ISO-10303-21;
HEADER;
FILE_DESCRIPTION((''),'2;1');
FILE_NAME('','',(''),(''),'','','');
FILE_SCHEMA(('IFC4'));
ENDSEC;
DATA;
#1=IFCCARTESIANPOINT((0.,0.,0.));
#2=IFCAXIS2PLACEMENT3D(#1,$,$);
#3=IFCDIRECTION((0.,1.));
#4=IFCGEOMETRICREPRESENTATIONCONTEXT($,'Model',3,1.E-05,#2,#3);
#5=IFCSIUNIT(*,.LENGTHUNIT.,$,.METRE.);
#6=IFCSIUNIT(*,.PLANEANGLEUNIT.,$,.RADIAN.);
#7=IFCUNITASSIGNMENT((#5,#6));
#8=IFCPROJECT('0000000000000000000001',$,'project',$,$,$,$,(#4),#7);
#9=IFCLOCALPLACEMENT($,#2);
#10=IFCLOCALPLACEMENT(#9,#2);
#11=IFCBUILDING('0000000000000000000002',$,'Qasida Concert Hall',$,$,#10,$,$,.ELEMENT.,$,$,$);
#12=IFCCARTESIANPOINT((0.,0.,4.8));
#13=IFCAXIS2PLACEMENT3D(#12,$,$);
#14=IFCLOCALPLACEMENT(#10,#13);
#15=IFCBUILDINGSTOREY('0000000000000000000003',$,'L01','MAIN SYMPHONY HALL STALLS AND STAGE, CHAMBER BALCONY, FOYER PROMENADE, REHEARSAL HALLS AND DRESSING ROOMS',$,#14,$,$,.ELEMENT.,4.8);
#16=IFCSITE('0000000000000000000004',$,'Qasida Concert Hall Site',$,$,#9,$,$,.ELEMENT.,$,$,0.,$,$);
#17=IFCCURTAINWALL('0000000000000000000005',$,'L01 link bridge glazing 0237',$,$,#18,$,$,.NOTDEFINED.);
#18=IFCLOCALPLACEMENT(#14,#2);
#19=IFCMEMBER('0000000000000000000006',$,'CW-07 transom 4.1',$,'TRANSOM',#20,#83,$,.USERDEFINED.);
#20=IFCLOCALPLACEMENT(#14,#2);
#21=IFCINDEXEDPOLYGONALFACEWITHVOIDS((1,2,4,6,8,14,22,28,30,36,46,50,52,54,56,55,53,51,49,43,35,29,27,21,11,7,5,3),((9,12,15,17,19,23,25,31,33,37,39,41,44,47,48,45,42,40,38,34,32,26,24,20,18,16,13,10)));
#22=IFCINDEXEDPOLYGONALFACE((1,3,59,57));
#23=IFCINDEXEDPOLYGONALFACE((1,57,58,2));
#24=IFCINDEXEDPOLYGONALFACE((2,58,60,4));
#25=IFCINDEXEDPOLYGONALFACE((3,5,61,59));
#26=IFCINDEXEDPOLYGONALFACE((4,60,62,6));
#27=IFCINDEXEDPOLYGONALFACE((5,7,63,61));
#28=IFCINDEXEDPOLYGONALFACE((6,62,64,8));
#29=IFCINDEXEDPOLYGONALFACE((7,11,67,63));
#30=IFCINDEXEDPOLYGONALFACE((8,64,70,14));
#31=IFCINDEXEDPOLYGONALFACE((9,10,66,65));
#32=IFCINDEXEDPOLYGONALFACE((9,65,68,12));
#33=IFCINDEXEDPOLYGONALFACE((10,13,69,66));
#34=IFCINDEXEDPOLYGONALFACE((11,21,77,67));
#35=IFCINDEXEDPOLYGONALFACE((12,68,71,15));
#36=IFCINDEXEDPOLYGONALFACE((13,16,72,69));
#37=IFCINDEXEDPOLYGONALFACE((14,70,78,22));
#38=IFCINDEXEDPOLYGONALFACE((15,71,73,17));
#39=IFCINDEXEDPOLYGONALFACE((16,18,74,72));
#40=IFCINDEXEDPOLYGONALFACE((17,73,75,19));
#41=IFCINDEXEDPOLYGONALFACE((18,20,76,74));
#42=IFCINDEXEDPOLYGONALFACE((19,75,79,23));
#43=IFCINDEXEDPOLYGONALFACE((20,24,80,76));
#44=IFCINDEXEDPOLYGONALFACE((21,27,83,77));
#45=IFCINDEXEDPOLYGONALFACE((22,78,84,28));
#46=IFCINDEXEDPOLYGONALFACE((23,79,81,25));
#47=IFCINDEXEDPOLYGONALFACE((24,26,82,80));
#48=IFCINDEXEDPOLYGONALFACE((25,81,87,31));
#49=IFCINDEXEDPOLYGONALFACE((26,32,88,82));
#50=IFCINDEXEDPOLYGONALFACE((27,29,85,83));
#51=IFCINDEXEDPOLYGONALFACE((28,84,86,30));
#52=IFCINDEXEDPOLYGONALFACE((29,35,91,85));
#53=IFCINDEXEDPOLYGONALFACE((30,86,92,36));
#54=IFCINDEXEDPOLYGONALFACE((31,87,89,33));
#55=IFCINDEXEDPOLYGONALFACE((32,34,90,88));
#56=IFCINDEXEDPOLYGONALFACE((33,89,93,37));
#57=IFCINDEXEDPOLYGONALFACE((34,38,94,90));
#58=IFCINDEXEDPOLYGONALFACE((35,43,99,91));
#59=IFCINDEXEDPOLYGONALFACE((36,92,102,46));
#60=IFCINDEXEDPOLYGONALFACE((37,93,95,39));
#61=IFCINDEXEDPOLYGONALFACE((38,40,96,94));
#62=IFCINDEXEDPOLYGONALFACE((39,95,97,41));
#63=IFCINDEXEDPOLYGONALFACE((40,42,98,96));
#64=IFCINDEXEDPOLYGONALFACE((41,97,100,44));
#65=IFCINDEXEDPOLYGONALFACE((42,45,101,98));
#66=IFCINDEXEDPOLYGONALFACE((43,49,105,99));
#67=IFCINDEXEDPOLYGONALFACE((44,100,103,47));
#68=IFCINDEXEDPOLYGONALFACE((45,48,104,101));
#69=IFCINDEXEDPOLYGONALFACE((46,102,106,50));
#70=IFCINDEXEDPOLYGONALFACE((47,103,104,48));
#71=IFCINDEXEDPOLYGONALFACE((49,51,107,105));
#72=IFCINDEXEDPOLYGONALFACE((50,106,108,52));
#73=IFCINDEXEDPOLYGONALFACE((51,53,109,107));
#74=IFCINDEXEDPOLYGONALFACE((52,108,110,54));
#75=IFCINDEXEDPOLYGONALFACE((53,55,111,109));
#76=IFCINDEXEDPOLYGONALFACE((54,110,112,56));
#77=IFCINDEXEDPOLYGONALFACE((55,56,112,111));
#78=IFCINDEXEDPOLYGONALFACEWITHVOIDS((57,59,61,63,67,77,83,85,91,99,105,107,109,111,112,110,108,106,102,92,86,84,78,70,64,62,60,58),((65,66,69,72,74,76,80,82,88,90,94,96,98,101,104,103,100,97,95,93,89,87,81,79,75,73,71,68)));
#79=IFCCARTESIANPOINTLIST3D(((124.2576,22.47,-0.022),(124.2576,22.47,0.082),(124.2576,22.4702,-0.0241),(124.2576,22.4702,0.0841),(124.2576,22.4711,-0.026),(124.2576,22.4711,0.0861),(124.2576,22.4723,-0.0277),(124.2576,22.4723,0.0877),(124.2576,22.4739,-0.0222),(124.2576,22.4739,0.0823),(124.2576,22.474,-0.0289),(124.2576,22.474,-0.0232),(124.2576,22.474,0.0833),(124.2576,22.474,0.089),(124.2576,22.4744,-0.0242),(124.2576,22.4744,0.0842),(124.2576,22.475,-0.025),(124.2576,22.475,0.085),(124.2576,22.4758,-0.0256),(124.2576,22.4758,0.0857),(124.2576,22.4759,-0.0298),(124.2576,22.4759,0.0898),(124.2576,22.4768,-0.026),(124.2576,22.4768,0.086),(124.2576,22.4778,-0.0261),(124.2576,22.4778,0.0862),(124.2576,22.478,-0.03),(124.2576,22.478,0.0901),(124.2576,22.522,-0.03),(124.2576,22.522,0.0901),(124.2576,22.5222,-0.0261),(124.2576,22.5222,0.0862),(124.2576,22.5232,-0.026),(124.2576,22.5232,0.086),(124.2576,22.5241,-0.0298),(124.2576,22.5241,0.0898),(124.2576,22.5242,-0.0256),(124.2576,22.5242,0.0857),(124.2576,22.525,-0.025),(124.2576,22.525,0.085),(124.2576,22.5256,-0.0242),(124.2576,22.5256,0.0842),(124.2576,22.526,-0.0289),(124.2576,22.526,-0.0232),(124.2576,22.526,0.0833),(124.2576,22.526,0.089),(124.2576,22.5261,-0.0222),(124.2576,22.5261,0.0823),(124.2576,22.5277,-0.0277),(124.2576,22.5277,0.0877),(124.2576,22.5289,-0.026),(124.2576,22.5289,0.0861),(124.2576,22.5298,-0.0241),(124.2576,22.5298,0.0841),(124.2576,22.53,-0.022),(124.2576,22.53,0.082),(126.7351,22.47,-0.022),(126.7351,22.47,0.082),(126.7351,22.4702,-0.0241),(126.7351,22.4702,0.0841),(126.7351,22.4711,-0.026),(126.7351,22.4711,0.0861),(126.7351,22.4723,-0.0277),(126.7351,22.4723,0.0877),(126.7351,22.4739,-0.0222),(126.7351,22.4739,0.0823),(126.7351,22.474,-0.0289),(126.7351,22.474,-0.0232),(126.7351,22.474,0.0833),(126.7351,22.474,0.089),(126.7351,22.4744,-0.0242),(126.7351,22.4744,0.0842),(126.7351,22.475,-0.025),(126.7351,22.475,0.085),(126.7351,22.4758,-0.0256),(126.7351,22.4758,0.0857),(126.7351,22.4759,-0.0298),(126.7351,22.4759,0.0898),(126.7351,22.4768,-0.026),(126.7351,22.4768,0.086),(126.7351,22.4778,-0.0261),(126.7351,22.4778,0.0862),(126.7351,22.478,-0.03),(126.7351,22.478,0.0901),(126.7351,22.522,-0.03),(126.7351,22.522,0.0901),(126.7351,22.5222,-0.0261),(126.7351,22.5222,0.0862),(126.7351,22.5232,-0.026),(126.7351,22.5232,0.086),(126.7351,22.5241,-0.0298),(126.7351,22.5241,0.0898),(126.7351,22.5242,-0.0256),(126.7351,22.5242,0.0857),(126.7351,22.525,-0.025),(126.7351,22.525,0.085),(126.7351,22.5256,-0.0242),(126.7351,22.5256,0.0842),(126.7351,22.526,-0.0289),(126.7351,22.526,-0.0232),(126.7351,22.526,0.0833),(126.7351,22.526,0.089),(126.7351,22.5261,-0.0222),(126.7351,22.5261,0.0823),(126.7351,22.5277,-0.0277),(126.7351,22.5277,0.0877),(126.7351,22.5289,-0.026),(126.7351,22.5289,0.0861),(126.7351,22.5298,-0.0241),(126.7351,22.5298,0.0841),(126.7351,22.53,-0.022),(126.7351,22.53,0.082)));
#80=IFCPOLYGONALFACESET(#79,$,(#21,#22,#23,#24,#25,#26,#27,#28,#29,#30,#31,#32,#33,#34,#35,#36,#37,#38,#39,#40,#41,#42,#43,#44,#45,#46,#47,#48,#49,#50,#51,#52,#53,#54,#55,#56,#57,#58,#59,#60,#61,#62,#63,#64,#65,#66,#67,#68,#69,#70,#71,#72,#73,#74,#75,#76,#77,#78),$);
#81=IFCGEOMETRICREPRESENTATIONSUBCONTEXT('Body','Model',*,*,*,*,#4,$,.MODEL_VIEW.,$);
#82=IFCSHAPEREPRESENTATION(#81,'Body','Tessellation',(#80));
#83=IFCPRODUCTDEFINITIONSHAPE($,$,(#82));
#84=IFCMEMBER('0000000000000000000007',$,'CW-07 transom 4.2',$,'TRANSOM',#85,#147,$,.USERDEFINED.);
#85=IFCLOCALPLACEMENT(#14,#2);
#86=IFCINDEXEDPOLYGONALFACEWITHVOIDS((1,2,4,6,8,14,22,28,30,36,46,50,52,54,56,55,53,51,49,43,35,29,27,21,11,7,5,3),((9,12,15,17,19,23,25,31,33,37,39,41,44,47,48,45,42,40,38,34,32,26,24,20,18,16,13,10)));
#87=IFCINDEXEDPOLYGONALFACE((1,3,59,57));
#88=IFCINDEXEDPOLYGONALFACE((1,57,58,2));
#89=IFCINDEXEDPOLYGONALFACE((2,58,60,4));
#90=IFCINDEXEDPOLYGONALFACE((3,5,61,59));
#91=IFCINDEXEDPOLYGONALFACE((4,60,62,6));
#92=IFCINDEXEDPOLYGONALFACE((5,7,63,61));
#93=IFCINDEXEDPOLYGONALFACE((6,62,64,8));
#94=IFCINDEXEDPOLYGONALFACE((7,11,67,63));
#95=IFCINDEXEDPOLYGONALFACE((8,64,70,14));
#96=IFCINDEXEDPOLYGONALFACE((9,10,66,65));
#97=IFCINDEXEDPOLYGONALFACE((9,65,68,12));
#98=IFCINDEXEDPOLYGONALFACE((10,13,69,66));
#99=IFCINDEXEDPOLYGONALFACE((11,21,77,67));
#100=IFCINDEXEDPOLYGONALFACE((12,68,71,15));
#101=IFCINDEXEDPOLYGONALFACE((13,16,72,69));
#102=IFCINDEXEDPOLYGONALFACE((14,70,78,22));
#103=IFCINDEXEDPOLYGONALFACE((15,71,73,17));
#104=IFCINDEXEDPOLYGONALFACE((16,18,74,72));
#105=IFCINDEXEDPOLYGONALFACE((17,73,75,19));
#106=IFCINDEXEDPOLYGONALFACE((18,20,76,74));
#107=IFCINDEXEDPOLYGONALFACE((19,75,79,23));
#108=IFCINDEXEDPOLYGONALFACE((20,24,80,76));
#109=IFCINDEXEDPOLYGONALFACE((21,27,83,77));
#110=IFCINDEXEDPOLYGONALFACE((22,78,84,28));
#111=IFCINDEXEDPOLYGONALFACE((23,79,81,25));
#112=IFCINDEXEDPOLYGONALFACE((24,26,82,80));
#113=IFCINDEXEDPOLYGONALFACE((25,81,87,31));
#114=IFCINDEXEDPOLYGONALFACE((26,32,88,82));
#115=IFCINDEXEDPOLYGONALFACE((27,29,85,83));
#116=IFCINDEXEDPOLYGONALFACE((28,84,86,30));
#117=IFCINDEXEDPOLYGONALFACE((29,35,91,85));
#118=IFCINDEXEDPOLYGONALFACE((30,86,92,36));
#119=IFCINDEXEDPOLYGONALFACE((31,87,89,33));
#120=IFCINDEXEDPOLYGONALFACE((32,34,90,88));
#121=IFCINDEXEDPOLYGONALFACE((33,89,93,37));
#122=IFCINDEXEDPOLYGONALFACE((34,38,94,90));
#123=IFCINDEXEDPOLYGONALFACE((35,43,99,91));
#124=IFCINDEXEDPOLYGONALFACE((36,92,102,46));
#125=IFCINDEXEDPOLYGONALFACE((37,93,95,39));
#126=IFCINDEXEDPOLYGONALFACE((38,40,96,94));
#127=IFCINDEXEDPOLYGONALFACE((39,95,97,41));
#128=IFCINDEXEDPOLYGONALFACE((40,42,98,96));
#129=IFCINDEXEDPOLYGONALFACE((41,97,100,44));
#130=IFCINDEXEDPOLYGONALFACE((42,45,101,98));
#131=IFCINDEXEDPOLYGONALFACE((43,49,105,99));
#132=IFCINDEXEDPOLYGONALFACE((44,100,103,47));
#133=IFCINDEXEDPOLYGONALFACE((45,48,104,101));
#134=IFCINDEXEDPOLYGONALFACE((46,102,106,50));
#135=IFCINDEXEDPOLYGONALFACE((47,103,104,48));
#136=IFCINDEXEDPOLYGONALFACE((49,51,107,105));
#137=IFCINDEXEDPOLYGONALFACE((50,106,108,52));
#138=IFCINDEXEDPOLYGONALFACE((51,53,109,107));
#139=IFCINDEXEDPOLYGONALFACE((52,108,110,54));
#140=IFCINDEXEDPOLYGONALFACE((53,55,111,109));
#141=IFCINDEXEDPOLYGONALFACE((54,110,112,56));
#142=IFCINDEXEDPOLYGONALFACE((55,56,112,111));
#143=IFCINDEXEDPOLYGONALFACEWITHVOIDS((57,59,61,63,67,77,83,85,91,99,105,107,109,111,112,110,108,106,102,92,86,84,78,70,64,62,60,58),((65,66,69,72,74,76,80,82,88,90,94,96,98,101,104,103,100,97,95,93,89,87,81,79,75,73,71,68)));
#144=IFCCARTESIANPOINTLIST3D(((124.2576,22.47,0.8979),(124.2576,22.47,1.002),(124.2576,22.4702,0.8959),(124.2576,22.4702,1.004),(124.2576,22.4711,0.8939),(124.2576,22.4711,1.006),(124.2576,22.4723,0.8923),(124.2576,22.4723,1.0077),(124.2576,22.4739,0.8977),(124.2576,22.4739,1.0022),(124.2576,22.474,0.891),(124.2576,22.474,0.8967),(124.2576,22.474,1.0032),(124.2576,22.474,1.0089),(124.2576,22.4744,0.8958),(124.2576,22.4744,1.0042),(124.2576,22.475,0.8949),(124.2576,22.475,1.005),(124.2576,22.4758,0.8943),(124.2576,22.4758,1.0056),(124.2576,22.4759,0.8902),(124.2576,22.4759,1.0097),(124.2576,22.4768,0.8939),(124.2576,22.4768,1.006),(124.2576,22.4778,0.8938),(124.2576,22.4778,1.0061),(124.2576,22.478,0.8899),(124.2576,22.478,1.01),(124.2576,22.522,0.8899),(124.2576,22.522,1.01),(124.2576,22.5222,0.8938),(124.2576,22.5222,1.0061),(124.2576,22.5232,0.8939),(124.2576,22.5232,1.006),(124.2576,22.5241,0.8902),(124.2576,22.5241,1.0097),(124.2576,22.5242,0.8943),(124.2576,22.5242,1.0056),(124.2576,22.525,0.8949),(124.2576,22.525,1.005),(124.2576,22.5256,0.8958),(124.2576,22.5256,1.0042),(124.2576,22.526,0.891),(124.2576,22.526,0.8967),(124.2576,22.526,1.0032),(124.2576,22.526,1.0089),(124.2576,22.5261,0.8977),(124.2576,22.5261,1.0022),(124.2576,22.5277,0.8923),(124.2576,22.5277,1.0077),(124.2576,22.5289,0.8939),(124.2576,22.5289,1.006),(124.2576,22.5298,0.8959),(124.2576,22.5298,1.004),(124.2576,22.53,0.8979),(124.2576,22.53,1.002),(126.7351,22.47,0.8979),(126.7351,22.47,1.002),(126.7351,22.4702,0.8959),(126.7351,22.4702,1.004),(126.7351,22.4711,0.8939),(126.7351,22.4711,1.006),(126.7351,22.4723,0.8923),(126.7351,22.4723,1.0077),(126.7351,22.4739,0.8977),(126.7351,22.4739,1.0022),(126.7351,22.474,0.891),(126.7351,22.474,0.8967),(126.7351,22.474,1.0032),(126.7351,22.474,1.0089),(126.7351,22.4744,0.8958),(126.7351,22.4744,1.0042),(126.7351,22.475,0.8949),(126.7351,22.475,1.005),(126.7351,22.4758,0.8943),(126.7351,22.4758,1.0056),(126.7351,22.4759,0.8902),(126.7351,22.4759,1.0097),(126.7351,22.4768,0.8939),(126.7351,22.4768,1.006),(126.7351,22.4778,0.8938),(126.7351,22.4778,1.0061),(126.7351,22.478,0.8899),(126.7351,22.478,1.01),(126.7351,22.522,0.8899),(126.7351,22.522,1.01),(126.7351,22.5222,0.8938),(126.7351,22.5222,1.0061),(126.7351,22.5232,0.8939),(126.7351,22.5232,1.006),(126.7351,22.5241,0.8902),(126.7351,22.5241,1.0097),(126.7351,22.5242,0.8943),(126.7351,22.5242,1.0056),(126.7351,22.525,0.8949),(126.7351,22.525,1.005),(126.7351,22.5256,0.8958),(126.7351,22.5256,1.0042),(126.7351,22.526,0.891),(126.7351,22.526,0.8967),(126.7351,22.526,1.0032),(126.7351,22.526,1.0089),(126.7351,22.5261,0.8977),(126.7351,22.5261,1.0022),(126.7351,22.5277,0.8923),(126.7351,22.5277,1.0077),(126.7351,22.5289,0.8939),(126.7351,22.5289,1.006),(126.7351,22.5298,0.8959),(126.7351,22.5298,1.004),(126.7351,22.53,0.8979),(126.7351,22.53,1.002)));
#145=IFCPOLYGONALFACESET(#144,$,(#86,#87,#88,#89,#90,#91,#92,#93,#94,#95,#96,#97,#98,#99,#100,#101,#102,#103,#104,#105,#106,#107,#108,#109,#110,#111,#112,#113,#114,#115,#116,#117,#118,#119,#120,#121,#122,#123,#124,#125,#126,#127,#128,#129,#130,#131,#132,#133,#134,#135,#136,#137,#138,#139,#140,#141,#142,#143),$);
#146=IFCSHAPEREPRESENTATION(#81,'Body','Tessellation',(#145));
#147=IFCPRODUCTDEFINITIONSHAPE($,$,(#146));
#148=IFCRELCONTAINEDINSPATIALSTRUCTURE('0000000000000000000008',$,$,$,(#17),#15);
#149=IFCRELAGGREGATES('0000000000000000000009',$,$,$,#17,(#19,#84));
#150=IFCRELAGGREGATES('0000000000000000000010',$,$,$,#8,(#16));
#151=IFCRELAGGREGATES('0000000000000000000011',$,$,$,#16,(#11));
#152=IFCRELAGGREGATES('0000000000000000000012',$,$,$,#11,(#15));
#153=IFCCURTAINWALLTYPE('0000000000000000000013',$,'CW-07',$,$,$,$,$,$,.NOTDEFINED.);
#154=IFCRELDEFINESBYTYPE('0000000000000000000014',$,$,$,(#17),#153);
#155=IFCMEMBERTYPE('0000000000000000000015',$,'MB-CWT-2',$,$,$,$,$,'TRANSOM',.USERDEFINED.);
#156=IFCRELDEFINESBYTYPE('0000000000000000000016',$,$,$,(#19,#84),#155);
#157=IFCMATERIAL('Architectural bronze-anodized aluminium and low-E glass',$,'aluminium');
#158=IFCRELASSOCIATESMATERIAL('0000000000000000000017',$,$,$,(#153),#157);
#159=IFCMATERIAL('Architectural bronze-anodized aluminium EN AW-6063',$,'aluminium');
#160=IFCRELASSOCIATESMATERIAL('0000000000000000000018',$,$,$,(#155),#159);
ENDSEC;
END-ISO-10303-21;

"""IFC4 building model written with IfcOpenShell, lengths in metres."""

from ifc_helpers import new_model, si_unit, direction, frame, origin, origin_2d, place, context, subcontext, project, spatial, hollow_rectangle, extrude, material, material_profile, profile_set, type_object, element, aggregate, save


model = new_model("IFC4")

# Units and contexts
model_context = context("Model", 3, precision=1e-05, world=origin(), true_north=direction((0.0, 1.0)))
body_context = subcontext(model_context, "Body", "Model", "MODEL_VIEW")
ifc_project = project(units=[si_unit("LENGTHUNIT", "METRE"), si_unit("PLANEANGLEUNIT", "RADIAN")], contexts=[model_context])

# Site, building, storey
site_placement = place(None, origin())
site = spatial("IfcSite", under=ifc_project, at=site_placement, Name="Qasida Concert Hall Site", CompositionType="ELEMENT", RefElevation=0.0)
building_placement = place(site_placement, origin())
building = spatial("IfcBuilding", under=site, at=building_placement, Name="Qasida Concert Hall", CompositionType="ELEMENT")
storey_placement = place(building_placement, frame((0.0, 0.0, 4.8)))
storey = spatial("IfcBuildingStorey", under=building, at=storey_placement, Name="L01", Description="MAIN SYMPHONY HALL STALLS AND STAGE, CHAMBER BALCONY, FOYER PROMENADE, REHEARSAL HALLS AND DRESSING ROOMS", CompositionType="ELEMENT", Elevation=4.8)

# Curtain wall, members
ifc_material_1 = material(Name="Architectural bronze-anodized aluminium and low-E glass", Category="aluminium")
curtain_wall_type = type_object("IfcCurtainWallType", Name="CW-07", PredefinedType="NOTDEFINED", material=ifc_material_1)
curtain_wall_placement = place(storey_placement, origin())
curtain_wall = element("IfcCurtainWall", 1, at=curtain_wall_placement, inside=storey, type_object=curtain_wall_type, Name="L01 link bridge glazing 0237", PredefinedType="NOTDEFINED")
ifc_material_2 = material(Name="Architectural bronze-anodized aluminium EN AW-6063", Category="aluminium")
ifc_material_profile_1 = material_profile(ifc_material_2, hollow_rectangle(XDim=0.0601, YDim=0.1201, WallThickness=0.0039, InnerFilletRadius=0.0039, OuterFilletRadius=0.0081, at=origin_2d()), Name="CWT 120x60x4")
ifc_profile_set_1 = profile_set([ifc_material_profile_1], Name="Architectural bronze-anodized aluminium EN AW-6063")
member_type_1 = type_object("IfcMemberType", Name="MB-CWT-2", ElementType="TRANSOM", PredefinedType="USERDEFINED", material=ifc_profile_set_1)
member_1_placement = place(storey_placement, frame((124.2576, 22.5, 0.03), z_axis=(1.0, 0.0, 0.0), x_axis=(0.0, 1.0, 0.0)))
member_1 = element("IfcMember", 2, at=member_1_placement, type_object=member_type_1, Name="CW-07 transom 4.1", ObjectType="TRANSOM", PredefinedType="USERDEFINED", context=body_context, shape_type="SweptSolid", body=[
    extrude(hollow_rectangle(XDim=0.0601, YDim=0.1201, WallThickness=0.0039, InnerFilletRadius=0.0039, OuterFilletRadius=0.0081, at=origin_2d()), origin(), (0.0, 0.0, 1.0), 2.4775),
])
member_2_placement = place(storey_placement, frame((124.2576, 22.5, 0.95), z_axis=(1.0, 0.0, 0.0), x_axis=(0.0, 1.0, 0.0)))
member_2 = element("IfcMember", 3, at=member_2_placement, type_object=member_type_1, Name="CW-07 transom 4.2", ObjectType="TRANSOM", PredefinedType="USERDEFINED", context=body_context, shape_type="SweptSolid", body=[
    extrude(hollow_rectangle(XDim=0.0601, YDim=0.1201, WallThickness=0.0039, InnerFilletRadius=0.0039, OuterFilletRadius=0.0081, at=origin_2d()), origin(), (0.0, 0.0, 1.0), 2.4775),
])
aggregate(curtain_wall, [member_1, member_2])

save(model, "model.ifc")
